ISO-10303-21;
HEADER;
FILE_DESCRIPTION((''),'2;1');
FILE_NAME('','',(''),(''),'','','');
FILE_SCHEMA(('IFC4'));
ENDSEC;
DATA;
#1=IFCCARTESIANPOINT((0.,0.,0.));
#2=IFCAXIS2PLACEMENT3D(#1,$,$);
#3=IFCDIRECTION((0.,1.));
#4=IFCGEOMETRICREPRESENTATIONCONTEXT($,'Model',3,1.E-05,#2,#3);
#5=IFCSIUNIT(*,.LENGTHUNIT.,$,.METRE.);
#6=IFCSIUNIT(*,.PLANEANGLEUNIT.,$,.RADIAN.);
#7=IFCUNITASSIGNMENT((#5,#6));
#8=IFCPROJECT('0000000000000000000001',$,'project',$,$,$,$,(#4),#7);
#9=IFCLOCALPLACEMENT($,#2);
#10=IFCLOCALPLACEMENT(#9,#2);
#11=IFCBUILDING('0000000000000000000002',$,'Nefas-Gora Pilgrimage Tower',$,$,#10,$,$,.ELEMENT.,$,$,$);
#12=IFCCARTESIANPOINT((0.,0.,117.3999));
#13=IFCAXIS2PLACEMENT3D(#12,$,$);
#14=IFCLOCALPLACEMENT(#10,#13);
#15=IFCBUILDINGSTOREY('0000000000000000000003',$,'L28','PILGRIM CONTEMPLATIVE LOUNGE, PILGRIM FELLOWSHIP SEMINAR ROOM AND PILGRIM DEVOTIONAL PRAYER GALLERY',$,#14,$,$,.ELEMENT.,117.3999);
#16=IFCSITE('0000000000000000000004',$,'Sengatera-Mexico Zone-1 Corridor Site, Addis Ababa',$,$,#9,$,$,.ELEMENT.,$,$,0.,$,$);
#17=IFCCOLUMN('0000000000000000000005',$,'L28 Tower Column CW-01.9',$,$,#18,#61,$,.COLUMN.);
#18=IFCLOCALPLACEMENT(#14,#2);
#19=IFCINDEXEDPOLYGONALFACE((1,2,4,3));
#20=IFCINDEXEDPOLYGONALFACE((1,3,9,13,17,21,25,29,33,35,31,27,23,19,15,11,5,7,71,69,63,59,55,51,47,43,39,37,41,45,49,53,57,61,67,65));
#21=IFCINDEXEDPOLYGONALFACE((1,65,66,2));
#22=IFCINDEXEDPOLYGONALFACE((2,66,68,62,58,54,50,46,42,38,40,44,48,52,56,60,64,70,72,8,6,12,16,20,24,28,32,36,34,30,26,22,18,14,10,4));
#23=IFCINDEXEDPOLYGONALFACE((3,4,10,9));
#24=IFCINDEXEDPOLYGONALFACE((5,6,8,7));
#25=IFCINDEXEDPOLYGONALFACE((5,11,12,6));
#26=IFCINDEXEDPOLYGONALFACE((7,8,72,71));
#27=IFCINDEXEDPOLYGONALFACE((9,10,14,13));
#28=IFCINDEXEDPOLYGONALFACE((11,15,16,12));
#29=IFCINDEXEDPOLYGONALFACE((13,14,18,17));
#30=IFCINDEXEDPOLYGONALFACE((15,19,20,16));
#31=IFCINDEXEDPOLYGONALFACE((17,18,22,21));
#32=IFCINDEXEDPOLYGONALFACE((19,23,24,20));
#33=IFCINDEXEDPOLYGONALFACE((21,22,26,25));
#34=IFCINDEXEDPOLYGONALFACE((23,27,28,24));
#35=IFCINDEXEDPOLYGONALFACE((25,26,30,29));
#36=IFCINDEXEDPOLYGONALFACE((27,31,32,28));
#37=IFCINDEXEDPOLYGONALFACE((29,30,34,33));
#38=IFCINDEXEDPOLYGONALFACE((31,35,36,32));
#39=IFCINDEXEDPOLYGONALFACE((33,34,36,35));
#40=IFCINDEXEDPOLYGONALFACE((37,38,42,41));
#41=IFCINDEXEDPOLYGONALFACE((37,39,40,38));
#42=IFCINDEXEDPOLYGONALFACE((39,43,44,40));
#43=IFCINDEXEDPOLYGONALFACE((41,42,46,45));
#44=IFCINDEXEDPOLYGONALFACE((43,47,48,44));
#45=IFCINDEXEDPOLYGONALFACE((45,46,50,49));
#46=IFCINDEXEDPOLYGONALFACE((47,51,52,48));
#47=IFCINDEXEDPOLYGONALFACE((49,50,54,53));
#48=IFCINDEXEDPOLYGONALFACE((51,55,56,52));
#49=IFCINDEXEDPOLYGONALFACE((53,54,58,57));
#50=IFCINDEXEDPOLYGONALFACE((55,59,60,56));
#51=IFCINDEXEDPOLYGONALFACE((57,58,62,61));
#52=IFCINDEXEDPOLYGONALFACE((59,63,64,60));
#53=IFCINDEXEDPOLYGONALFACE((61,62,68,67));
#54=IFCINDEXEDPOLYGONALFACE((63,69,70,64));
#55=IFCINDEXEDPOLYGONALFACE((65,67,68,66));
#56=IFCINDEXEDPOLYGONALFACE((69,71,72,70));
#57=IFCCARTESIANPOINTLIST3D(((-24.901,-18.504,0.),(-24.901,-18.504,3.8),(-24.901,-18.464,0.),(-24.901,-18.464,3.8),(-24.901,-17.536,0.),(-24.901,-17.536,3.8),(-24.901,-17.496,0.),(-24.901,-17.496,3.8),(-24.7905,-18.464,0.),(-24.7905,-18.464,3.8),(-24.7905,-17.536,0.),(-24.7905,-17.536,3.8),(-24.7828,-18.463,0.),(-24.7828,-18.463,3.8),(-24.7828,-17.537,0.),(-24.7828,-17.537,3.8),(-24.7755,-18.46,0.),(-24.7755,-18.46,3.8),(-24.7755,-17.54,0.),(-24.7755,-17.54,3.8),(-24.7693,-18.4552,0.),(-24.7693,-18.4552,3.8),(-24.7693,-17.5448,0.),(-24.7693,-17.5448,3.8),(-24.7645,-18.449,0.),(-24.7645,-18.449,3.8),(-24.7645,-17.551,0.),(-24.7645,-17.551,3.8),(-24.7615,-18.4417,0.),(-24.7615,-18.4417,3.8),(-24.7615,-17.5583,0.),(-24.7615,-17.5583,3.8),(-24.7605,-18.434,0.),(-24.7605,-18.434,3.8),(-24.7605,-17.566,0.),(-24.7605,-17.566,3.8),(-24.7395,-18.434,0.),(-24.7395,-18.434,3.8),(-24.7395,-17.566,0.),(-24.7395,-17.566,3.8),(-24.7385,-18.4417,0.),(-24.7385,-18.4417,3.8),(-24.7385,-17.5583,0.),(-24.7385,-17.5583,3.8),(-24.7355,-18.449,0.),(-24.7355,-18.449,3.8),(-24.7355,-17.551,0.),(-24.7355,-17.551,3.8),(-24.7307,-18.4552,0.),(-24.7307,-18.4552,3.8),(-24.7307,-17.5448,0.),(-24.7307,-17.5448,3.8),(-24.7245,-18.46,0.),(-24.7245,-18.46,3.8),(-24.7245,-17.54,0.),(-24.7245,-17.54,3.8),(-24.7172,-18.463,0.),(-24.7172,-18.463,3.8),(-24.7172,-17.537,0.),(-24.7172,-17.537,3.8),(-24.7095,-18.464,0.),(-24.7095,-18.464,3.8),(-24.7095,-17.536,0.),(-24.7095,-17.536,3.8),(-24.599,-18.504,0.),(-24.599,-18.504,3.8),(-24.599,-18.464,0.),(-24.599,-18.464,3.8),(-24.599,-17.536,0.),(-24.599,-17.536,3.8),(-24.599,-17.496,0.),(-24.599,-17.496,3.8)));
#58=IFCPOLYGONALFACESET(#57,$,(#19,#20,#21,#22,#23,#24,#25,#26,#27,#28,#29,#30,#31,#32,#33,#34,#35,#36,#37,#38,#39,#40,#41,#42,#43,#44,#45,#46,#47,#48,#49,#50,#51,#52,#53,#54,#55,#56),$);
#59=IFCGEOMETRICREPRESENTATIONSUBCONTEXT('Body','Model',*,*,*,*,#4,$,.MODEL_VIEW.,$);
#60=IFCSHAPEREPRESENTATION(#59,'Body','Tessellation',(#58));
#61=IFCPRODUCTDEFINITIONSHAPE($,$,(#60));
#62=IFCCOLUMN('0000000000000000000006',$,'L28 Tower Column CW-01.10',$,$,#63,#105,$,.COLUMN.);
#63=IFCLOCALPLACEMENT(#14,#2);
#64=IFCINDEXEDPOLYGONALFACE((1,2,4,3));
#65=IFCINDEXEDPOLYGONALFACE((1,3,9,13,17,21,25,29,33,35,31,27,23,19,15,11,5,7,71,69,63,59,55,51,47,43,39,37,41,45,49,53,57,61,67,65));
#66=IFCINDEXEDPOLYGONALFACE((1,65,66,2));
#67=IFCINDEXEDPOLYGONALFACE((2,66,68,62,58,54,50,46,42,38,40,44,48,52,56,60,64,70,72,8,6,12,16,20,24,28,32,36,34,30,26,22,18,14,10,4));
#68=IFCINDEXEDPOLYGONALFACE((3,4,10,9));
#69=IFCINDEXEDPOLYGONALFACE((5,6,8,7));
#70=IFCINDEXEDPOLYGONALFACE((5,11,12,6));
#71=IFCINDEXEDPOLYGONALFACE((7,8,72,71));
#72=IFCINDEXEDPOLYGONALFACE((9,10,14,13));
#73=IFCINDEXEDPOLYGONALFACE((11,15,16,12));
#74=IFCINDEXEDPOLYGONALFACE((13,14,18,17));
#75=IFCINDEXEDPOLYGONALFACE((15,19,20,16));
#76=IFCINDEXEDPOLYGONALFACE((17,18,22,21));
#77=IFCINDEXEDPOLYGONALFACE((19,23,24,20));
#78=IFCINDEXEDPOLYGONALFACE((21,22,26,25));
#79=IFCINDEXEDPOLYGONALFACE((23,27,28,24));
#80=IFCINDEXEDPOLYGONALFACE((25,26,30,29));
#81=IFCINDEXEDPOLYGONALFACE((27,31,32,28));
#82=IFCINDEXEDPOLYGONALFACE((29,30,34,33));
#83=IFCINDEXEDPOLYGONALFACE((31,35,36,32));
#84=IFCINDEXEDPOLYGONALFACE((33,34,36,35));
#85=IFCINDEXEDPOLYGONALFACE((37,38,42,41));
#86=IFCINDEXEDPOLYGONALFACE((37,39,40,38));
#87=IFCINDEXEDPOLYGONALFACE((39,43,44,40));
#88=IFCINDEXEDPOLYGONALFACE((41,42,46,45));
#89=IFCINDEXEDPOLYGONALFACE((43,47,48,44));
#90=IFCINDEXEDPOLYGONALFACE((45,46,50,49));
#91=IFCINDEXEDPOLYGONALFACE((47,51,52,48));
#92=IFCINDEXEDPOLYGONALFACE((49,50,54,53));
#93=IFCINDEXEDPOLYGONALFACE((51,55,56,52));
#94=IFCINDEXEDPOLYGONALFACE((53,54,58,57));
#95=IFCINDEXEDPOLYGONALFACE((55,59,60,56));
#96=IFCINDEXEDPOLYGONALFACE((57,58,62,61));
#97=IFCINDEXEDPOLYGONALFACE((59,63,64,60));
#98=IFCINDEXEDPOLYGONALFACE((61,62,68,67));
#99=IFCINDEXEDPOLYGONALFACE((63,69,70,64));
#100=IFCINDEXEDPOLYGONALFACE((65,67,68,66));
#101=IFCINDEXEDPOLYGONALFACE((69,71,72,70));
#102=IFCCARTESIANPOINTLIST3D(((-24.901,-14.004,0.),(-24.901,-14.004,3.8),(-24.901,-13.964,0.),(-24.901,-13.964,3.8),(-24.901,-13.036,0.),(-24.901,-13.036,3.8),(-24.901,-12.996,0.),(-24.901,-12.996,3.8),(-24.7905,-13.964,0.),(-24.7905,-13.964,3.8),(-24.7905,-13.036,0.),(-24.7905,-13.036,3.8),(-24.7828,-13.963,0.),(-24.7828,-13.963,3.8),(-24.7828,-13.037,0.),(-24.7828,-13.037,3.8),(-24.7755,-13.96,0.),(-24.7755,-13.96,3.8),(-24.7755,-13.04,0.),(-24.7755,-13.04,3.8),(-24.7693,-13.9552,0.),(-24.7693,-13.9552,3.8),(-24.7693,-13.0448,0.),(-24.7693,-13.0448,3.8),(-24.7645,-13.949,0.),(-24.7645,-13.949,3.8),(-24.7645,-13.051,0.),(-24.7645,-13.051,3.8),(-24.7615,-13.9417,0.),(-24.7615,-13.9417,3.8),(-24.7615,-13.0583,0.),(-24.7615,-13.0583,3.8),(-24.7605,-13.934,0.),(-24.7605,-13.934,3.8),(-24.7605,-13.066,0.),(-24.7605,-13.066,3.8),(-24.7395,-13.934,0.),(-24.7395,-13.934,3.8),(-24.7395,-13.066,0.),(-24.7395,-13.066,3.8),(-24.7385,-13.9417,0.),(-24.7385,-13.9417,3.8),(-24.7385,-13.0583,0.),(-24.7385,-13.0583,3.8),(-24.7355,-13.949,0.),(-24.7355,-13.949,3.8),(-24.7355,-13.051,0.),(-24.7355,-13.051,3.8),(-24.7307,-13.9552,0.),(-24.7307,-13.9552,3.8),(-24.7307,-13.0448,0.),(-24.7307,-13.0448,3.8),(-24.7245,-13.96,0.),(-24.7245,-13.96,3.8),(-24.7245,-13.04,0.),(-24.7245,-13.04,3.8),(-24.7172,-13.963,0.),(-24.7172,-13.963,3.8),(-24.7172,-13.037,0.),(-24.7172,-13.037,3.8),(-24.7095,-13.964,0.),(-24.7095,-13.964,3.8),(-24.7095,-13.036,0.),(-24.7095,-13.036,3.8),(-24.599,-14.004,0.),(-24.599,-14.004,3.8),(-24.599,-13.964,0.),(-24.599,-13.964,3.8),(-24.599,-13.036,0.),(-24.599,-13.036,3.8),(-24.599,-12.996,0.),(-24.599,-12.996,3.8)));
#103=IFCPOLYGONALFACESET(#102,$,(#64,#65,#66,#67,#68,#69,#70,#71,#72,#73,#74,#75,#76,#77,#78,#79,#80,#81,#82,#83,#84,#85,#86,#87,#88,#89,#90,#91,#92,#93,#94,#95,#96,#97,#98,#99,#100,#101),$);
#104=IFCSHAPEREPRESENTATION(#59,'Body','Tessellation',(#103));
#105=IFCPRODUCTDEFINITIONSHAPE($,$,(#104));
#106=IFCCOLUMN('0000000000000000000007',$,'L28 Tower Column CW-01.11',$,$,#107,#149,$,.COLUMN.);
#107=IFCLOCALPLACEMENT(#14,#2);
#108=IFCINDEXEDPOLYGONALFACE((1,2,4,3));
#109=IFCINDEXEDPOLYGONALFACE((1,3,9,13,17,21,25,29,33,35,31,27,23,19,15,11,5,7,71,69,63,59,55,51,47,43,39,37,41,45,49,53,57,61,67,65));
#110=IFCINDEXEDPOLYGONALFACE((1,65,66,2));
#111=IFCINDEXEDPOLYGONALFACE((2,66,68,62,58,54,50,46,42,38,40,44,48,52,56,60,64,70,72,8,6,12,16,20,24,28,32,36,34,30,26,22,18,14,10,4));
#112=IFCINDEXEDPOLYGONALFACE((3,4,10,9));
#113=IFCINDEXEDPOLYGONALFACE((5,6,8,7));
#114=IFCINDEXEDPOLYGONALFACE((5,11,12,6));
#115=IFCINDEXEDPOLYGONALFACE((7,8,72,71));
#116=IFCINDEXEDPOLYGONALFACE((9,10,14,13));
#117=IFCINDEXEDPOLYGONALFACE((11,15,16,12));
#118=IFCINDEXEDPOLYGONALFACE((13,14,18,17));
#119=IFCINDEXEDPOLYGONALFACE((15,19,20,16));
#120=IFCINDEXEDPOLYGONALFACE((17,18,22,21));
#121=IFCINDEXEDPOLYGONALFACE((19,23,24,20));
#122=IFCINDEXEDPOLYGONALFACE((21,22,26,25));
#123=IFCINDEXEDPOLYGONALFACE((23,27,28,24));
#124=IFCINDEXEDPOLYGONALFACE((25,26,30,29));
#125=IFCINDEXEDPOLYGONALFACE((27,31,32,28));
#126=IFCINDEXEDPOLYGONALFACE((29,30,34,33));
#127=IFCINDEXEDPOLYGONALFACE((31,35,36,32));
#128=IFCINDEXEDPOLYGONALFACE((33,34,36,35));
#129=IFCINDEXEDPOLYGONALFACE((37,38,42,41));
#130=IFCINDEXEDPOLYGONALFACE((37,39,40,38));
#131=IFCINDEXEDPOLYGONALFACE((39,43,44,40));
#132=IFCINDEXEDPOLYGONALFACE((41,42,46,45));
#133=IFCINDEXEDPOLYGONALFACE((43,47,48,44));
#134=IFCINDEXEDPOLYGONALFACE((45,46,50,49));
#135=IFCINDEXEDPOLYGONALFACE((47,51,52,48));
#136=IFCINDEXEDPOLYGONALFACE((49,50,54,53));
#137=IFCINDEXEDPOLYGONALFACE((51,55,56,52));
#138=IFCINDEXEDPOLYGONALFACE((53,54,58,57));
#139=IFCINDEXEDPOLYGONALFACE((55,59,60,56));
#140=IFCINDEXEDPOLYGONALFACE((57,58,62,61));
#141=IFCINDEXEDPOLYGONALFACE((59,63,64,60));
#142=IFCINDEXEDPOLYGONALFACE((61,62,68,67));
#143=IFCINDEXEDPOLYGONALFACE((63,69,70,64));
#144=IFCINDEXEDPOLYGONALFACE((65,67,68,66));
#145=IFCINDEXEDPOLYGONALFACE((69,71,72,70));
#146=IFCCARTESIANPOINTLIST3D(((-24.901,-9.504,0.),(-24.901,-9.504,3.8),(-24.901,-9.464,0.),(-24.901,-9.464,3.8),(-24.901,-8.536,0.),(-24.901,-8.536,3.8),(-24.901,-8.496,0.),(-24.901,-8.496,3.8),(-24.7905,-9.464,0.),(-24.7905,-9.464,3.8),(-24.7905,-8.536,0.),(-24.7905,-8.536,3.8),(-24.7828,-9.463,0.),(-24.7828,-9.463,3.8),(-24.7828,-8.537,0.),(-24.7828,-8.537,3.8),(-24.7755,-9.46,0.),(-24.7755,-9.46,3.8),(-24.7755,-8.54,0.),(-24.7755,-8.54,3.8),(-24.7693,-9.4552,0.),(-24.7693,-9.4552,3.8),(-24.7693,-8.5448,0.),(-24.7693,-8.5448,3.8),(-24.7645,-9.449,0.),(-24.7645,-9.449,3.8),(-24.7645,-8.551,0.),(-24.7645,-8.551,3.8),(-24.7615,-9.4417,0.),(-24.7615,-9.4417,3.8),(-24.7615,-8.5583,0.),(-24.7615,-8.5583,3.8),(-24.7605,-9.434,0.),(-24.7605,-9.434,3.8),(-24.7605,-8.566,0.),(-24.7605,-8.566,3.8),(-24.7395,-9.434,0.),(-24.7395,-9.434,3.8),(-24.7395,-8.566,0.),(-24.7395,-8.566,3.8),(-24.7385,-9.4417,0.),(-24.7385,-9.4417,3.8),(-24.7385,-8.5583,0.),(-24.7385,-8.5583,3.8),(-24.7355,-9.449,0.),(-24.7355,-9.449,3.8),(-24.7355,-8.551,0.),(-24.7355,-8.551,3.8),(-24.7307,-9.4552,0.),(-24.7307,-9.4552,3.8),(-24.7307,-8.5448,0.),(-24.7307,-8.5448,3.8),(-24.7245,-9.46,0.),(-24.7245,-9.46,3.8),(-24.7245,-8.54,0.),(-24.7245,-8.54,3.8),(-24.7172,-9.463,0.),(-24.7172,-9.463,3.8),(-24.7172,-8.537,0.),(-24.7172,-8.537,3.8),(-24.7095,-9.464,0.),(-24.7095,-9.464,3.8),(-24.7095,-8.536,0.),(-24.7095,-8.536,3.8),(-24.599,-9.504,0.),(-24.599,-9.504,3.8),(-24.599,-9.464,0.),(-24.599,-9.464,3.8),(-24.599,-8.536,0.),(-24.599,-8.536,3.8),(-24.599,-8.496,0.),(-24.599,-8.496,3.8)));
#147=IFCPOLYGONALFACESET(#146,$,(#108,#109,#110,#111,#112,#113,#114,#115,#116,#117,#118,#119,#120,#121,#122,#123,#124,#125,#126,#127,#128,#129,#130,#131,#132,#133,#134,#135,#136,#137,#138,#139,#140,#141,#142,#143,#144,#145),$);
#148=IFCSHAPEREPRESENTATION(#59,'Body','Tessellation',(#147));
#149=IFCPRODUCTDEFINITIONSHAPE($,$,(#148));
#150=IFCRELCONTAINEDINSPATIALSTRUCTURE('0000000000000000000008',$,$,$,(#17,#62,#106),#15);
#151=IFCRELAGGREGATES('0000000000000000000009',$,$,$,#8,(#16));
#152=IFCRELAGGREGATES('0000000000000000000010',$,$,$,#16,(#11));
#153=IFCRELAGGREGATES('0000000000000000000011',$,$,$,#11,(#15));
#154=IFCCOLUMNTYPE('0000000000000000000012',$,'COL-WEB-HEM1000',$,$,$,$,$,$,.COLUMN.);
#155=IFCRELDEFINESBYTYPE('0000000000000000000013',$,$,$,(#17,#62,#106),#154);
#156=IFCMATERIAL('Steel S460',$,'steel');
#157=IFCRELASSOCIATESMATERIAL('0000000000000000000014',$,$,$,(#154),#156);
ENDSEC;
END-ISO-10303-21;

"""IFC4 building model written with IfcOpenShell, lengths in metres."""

from ifc_helpers import new_model, si_unit, direction, frame, origin, origin_2d, place, context, subcontext, project, spatial, i_section, extrude, source, transform, mapped, material, material_profile, profile_set, type_object, element, save


model = new_model("IFC4")

# Units and contexts
model_context = context("Model", 3, precision=1e-05, world=origin(), true_north=direction((0.0, 1.0)))
body_context = subcontext(model_context, "Body", "Model", "MODEL_VIEW")
ifc_project = project(units=[si_unit("LENGTHUNIT", "METRE"), si_unit("PLANEANGLEUNIT", "RADIAN")], contexts=[model_context])

# Site, building, storey
site_placement = place(None, origin())
site = spatial("IfcSite", under=ifc_project, at=site_placement, Name="Sengatera-Mexico Zone-1 Corridor Site, Addis Ababa", CompositionType="ELEMENT", RefElevation=0.0)
building_placement = place(site_placement, origin())
building = spatial("IfcBuilding", under=site, at=building_placement, Name="Nefas-Gora Pilgrimage Tower", CompositionType="ELEMENT")
storey_placement = place(building_placement, frame((0.0, 0.0, 117.3999)))
storey = spatial("IfcBuildingStorey", under=building, at=storey_placement, Name="L28", Description="PILGRIM CONTEMPLATIVE LOUNGE, PILGRIM FELLOWSHIP SEMINAR ROOM AND PILGRIM DEVOTIONAL PRAYER GALLERY", CompositionType="ELEMENT", Elevation=117.3999)

# Columns
ifc_material_1 = material(Name="Steel S460", Category="steel")
ifc_material_profile_1 = material_profile(ifc_material_1, i_section(OverallWidth=0.302, OverallDepth=1.0081, WebThickness=0.021, FlangeThickness=0.04, FilletRadius=0.03, at=origin_2d()), Name="HEM 1000")
ifc_profile_set_1 = profile_set([ifc_material_profile_1], Name="Steel S460")
column_type_1 = type_object("IfcColumnType", Name="COL-WEB-HEM1000", PredefinedType="COLUMN", material=ifc_profile_set_1)
shared_shape_1 = source(origin(), body_context, "Body", "SweptSolid", [
    extrude(i_section(OverallWidth=0.302, OverallDepth=1.0081, WebThickness=0.021, FlangeThickness=0.04, FilletRadius=0.03, at=origin_2d()), origin(), (0.0, 0.0, 1.0), 3.8),
])
for number, where, z_axis, x_axis, name in (
    (1, (-24.75, -18.0, 0.0), (0.0, 0.0, 1.0), (1.0, 0.0, 0.0), "L28 Tower Column CW-01.9"),
    (2, (-24.75, -13.5, 0.0), (0.0, 0.0, 1.0), (1.0, 0.0, 0.0), "L28 Tower Column CW-01.10"),
    (3, (-24.75, -9.0, 0.0), (0.0, 0.0, 1.0), (1.0, 0.0, 0.0), "L28 Tower Column CW-01.11"),
):
    element("IfcColumn", number, at=place(storey_placement, frame(where, z_axis=z_axis, x_axis=x_axis)), inside=storey, type_object=column_type_1, Name=name, PredefinedType="COLUMN", context=body_context, shape_type="MappedRepresentation", body=[
        mapped(shared_shape_1, transform((0.0, 0.0, 0.0), x_axis=(1.0, 0.0, 0.0), y_axis=(0.0, 1.0, 0.0), z_axis=(0.0, 0.0, 1.0), scale=1.0)),
    ])

save(model, "model.ifc")
